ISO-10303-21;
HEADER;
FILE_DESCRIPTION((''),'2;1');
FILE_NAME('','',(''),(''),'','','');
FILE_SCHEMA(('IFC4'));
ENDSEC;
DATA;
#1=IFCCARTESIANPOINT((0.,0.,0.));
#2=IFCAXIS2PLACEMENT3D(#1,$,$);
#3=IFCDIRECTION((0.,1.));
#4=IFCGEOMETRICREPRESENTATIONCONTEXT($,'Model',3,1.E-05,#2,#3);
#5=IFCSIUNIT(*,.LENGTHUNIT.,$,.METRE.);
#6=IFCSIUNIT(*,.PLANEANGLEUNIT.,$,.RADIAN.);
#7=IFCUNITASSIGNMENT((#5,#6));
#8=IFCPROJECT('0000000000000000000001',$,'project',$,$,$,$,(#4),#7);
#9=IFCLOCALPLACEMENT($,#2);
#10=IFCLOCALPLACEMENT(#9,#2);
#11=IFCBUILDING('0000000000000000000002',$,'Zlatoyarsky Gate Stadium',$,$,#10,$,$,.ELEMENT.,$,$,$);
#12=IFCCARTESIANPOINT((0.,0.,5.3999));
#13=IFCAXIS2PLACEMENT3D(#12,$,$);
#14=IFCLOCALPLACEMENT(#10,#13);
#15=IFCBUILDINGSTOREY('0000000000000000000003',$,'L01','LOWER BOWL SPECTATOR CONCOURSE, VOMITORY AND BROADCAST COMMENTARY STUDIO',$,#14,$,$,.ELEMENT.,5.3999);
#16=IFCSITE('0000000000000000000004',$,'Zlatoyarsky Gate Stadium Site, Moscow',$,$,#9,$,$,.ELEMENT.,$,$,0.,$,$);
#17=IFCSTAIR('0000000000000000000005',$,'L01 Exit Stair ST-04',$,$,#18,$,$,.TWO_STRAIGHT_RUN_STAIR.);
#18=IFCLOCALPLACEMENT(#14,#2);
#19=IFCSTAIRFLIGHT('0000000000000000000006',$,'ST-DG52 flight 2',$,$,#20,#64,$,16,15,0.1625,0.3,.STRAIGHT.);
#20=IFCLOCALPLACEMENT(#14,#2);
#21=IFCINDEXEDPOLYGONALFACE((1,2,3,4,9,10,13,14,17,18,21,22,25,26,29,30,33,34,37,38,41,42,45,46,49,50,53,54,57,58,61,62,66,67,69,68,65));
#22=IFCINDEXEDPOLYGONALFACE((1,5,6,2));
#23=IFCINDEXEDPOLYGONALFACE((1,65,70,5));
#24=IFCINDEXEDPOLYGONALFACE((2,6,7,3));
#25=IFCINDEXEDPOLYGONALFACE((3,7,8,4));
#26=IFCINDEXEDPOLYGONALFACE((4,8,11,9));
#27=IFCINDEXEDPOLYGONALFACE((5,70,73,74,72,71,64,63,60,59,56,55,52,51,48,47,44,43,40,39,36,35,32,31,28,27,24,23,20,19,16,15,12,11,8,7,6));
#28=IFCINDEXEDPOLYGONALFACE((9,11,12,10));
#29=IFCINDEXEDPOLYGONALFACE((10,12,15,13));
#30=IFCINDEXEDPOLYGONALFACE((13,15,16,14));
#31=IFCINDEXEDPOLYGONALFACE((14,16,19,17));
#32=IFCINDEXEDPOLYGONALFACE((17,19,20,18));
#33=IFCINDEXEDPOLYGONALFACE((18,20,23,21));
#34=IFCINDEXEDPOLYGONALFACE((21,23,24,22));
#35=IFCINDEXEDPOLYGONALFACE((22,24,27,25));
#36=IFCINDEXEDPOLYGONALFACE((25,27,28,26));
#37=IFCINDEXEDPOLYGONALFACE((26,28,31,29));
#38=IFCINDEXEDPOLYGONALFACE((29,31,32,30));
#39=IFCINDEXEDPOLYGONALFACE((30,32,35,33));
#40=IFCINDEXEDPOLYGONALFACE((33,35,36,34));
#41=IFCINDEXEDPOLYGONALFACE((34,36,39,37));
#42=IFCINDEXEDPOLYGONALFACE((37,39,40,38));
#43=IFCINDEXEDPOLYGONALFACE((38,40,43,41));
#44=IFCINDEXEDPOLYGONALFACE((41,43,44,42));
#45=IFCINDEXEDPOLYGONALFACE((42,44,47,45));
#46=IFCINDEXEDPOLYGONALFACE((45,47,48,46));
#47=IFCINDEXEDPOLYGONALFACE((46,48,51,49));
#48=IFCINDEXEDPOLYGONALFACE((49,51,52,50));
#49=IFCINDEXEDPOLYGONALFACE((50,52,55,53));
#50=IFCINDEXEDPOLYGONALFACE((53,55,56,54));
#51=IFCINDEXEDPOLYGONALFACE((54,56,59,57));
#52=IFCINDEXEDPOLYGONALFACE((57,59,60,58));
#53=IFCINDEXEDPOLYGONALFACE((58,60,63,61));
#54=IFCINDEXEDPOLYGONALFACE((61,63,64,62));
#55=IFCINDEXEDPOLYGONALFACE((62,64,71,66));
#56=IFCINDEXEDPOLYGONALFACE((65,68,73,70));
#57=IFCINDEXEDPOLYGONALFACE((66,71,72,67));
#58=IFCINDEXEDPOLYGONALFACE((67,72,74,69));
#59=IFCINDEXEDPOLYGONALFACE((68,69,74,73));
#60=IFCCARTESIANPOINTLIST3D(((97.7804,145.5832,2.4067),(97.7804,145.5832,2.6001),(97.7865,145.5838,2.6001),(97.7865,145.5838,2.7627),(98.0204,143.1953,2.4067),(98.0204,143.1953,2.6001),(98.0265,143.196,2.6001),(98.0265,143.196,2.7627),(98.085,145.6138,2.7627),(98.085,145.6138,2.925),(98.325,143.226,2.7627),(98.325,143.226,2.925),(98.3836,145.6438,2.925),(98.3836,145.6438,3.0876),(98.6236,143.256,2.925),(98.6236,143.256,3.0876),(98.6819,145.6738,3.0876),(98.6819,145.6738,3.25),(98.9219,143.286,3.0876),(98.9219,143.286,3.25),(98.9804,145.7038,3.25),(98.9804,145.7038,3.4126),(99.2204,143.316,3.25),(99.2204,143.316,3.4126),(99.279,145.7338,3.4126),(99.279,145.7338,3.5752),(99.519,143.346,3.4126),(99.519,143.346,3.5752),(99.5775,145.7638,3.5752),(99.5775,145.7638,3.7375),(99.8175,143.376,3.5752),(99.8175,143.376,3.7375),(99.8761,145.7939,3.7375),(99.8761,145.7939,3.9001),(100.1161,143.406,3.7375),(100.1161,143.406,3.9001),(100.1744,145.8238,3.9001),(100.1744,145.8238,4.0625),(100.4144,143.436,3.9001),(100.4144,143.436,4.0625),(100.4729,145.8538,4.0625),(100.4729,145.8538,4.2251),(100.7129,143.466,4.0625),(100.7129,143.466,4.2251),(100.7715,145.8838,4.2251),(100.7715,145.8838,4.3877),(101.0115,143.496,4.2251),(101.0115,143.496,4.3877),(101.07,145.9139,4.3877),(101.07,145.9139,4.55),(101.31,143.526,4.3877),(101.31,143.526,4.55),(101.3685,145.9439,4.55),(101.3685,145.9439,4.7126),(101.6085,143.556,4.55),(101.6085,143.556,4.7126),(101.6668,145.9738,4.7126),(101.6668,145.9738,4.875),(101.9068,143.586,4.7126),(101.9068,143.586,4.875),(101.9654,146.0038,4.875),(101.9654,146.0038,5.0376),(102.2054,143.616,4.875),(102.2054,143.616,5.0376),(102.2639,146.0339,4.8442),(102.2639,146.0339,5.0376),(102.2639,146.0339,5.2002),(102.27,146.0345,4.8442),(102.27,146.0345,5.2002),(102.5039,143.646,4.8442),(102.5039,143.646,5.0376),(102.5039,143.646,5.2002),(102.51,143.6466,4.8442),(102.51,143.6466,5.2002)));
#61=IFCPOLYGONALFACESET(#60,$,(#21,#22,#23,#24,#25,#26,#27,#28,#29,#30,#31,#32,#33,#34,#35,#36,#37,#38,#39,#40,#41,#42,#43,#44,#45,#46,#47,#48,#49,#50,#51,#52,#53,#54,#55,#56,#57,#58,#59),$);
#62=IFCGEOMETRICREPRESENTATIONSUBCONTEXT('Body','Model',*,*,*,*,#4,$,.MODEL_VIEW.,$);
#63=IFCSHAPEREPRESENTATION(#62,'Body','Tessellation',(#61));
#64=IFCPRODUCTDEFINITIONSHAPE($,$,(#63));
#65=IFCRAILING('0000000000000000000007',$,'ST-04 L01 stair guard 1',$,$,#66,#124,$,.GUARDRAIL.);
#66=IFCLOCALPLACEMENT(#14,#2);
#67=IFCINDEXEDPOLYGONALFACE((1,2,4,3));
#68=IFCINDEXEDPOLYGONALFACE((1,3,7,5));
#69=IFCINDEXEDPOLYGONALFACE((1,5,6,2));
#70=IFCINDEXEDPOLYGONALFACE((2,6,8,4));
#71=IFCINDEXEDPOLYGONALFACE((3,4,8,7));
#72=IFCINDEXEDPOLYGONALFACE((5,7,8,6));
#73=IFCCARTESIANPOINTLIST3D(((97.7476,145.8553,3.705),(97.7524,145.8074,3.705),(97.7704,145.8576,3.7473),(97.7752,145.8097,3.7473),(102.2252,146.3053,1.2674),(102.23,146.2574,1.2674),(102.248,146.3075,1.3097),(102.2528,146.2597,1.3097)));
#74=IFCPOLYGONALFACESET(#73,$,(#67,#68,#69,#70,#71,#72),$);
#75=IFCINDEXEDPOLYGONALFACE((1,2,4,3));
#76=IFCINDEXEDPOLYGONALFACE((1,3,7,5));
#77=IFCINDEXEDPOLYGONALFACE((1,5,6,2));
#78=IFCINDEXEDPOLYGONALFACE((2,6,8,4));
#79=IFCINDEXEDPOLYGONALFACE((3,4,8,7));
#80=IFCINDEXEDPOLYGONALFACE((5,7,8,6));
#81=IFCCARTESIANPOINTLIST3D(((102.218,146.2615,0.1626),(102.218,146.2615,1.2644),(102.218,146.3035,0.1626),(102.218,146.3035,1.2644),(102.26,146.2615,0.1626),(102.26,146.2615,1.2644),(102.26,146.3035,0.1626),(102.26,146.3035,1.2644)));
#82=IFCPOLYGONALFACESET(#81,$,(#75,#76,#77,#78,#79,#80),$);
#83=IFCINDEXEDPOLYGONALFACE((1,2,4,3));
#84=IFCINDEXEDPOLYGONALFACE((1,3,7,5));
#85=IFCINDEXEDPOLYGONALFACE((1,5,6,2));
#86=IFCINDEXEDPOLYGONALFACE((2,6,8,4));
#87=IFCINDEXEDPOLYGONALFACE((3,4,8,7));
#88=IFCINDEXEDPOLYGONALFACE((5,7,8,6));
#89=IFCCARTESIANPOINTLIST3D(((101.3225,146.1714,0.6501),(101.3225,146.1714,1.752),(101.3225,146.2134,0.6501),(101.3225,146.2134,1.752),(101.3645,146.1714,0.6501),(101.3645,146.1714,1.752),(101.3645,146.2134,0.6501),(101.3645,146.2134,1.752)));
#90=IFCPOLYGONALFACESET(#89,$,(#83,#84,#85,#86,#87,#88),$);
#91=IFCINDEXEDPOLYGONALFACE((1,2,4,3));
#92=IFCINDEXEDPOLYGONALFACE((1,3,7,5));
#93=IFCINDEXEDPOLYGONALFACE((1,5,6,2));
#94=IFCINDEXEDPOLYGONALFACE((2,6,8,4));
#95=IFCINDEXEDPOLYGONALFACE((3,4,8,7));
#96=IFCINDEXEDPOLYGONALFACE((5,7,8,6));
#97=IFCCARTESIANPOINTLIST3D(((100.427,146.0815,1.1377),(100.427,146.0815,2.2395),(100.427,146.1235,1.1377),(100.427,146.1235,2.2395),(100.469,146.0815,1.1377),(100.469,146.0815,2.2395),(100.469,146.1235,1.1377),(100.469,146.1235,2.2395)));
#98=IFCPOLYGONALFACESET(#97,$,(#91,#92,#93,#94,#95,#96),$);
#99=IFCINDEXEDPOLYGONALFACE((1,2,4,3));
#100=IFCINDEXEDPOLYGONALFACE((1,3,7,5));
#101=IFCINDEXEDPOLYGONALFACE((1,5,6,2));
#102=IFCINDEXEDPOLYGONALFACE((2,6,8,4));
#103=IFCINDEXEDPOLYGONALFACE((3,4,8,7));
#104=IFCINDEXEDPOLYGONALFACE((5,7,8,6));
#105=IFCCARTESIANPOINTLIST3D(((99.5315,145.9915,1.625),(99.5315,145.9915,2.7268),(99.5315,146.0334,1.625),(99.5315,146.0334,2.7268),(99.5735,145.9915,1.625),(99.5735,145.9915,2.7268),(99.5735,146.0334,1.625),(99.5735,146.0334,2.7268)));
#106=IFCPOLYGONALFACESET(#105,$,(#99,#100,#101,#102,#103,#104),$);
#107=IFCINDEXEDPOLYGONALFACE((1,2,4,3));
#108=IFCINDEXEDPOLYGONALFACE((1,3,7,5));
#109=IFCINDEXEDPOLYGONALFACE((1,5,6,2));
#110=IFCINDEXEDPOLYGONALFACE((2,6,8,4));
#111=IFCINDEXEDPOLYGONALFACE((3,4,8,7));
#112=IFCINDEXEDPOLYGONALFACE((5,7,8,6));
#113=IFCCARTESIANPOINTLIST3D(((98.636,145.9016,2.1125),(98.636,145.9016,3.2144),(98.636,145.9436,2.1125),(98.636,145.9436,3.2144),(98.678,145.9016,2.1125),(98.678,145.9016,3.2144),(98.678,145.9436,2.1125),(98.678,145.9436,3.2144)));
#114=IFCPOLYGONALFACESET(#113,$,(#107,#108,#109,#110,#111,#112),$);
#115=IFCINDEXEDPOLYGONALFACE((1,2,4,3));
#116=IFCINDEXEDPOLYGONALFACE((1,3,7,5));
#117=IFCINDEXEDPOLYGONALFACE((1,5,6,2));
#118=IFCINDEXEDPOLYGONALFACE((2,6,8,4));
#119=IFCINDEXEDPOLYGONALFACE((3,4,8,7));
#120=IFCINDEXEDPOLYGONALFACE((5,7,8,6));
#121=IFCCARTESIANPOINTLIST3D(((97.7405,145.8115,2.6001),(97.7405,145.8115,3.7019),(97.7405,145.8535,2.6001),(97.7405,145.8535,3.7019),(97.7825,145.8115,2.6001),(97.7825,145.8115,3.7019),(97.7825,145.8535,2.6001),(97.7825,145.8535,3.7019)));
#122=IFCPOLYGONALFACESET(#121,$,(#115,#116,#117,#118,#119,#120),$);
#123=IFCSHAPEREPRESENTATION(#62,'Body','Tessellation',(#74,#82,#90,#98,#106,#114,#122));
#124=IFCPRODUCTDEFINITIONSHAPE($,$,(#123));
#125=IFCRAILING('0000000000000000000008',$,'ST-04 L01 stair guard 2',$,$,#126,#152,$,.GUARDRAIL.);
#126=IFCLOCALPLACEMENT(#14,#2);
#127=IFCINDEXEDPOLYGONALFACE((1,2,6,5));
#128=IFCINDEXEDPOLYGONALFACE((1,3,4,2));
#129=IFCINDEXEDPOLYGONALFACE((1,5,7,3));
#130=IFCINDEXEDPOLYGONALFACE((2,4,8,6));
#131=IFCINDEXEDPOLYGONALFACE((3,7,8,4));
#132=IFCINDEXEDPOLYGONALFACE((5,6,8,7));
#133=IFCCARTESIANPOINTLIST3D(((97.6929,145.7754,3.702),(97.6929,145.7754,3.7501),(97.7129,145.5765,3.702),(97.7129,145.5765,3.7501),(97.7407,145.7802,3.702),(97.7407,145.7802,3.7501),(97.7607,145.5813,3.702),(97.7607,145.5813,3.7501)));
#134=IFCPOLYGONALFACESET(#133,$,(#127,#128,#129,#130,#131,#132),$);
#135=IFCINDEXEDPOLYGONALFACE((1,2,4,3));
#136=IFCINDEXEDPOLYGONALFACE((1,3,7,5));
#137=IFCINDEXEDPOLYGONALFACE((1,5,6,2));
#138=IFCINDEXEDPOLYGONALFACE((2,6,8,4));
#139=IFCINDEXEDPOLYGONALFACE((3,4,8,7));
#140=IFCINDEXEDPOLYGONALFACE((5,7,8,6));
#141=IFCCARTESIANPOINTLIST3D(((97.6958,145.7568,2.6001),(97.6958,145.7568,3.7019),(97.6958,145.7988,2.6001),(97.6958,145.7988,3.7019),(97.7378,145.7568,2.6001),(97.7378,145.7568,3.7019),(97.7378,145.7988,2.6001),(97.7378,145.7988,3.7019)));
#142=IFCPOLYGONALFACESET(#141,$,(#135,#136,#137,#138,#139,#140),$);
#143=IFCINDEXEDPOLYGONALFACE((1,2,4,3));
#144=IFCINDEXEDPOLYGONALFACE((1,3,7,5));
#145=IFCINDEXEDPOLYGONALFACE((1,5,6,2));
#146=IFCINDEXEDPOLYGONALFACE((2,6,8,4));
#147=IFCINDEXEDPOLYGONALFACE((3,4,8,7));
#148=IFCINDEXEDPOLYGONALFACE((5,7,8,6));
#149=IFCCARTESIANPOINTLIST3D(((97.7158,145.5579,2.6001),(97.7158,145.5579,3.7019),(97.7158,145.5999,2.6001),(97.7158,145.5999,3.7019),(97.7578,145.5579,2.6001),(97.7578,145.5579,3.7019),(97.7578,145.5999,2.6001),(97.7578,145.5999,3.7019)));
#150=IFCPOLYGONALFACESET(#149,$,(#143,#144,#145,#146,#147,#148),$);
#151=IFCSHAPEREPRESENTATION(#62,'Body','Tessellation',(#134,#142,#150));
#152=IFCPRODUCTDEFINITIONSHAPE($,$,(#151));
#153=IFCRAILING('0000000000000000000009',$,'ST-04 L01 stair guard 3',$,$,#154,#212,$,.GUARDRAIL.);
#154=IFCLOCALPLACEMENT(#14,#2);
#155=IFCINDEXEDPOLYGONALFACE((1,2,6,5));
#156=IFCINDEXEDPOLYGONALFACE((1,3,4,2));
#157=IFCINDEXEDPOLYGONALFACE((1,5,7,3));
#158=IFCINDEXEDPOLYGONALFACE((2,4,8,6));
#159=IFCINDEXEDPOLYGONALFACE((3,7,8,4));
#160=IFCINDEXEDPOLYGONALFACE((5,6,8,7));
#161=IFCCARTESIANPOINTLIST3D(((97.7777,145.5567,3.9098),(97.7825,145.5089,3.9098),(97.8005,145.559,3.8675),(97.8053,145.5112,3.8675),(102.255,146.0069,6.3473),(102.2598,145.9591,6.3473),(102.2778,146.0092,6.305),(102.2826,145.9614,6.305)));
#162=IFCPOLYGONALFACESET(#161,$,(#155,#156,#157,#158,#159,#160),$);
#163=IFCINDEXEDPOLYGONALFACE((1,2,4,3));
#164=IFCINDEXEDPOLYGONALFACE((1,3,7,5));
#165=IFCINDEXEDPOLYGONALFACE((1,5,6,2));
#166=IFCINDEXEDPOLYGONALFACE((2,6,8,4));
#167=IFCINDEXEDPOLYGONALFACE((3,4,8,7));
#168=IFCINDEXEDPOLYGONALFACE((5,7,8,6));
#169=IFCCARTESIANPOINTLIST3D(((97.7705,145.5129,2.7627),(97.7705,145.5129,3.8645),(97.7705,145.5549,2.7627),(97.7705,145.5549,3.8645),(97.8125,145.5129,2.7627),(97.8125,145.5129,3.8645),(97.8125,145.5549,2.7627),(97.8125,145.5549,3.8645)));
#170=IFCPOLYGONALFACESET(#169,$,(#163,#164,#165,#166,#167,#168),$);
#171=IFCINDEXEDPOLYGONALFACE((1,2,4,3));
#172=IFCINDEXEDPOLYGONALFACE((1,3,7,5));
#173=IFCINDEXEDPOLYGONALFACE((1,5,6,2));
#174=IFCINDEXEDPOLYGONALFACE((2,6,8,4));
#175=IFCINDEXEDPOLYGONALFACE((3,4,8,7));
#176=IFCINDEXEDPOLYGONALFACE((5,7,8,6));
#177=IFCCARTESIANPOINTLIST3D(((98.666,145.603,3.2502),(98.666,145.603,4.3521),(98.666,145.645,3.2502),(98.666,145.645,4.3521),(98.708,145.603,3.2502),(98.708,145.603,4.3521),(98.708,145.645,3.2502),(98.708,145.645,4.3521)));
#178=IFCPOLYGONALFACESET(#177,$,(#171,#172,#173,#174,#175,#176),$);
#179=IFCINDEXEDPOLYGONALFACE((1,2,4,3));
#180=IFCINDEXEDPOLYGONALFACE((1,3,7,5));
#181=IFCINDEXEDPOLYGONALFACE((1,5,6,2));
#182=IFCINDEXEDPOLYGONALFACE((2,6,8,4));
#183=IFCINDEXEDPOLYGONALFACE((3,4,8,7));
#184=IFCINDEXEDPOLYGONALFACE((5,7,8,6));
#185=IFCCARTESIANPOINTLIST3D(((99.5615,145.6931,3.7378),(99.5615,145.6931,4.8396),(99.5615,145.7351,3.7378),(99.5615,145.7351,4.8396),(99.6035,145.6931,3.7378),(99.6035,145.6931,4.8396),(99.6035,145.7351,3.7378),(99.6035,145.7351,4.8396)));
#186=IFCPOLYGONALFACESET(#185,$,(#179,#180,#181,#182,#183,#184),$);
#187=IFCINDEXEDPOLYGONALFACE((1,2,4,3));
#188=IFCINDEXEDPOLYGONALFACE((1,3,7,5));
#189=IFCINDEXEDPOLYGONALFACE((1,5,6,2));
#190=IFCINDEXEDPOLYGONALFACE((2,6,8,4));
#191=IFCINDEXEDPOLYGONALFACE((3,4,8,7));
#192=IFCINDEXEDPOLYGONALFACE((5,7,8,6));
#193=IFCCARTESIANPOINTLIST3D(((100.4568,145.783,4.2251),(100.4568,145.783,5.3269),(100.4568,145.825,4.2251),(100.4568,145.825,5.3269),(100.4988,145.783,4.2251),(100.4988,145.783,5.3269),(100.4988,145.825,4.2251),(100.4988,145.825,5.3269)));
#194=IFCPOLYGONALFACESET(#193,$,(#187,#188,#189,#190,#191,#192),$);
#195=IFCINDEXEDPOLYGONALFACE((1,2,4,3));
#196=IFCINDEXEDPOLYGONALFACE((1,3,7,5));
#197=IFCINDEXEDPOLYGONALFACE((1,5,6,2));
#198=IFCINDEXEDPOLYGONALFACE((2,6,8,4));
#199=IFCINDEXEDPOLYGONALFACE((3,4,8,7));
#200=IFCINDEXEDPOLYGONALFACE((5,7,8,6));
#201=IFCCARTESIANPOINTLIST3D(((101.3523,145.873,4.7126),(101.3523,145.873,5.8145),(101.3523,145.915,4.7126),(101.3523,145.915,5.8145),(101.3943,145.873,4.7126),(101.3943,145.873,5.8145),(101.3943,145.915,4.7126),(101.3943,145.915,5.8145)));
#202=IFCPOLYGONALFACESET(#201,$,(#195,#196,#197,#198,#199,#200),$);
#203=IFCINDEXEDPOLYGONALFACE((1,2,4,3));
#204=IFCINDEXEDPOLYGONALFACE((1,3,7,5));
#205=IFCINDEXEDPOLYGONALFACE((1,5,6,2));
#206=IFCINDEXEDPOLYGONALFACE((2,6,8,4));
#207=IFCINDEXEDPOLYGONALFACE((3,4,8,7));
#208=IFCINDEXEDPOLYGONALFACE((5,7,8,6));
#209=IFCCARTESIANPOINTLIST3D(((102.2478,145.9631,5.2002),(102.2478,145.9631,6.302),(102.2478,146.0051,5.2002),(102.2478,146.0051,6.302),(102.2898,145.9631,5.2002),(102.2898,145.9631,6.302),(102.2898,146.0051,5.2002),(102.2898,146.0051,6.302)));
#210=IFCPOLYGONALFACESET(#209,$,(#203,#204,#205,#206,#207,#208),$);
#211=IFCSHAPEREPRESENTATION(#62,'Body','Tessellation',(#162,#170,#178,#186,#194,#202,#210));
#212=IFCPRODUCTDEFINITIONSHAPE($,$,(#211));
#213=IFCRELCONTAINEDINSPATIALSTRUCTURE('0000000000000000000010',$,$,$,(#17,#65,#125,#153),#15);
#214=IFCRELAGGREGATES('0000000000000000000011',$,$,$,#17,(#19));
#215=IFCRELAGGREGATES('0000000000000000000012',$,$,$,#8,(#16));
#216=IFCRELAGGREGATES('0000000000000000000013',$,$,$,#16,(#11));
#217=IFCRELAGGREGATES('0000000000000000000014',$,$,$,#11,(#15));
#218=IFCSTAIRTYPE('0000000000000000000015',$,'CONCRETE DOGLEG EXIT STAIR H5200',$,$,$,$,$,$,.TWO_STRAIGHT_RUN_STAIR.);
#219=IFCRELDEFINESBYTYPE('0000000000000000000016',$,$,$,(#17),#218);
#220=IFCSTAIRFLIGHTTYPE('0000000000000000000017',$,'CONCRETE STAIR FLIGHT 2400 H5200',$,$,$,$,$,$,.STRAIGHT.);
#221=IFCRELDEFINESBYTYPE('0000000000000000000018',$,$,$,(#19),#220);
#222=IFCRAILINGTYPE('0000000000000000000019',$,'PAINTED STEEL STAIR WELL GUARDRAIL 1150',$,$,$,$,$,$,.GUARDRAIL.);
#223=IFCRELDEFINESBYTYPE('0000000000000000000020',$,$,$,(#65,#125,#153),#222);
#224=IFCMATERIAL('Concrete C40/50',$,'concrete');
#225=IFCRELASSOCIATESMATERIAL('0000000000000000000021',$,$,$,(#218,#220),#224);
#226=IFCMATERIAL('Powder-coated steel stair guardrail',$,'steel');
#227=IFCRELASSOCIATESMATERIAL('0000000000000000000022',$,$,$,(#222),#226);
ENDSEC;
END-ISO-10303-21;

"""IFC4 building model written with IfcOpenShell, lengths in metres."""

from ifc_helpers import new_model, si_unit, direction, frame, origin, origin_2d, place, context, subcontext, project, spatial, polyline, rectangle, outline, extrude, material, type_object, element, aggregate, save


model = new_model("IFC4")

# Units and contexts
model_context = context("Model", 3, precision=1e-05, world=origin(), true_north=direction((0.0, 1.0)))
body_context = subcontext(model_context, "Body", "Model", "MODEL_VIEW")
ifc_project = project(units=[si_unit("LENGTHUNIT", "METRE"), si_unit("PLANEANGLEUNIT", "RADIAN")], contexts=[model_context])

# Site, building, storey
site_placement = place(None, origin())
site = spatial("IfcSite", under=ifc_project, at=site_placement, Name="Zlatoyarsky Gate Stadium Site, Moscow", CompositionType="ELEMENT", RefElevation=0.0)
building_placement = place(site_placement, origin())
building = spatial("IfcBuilding", under=site, at=building_placement, Name="Zlatoyarsky Gate Stadium", CompositionType="ELEMENT")
storey_placement = place(building_placement, frame((0.0, 0.0, 5.3999)))
storey = spatial("IfcBuildingStorey", under=building, at=storey_placement, Name="L01", Description="LOWER BOWL SPECTATOR CONCOURSE, VOMITORY AND BROADCAST COMMENTARY STUDIO", CompositionType="ELEMENT", Elevation=5.3999)

# Shared definitions
ifc_material_1 = material(Name="Concrete C40/50", Category="concrete")

# Stair, stair flight
stair_type = type_object("IfcStairType", Name="CONCRETE DOGLEG EXIT STAIR H5200", PredefinedType="TWO_STRAIGHT_RUN_STAIR", material=ifc_material_1)
stair_placement = place(storey_placement, origin())
stair = element("IfcStair", 1, at=stair_placement, inside=storey, type_object=stair_type, Name="L01 Exit Stair ST-04", PredefinedType="TWO_STRAIGHT_RUN_STAIR")
stair_flight_type = type_object("IfcStairFlightType", Name="CONCRETE STAIR FLIGHT 2400 H5200", PredefinedType="STRAIGHT", material=ifc_material_1)
stair_flight_1_placement = place(storey_placement, frame((97.9065, 144.3899, 2.6001), z_axis=(0.0, 0.0, 1.0), x_axis=(0.994987, 0.100006, 0.0)))
stair_flight_1 = element("IfcStairFlight", 2, at=stair_flight_1_placement, type_object=stair_flight_type, Name="ST-DG52 flight 2", NumberOfRisers=16, NumberOfTreads=15, PredefinedType="STRAIGHT", RiserHeight=0.1625, TreadLength=0.3, context=body_context, shape_type="SweptSolid", body=[
    extrude(outline(polyline([(-0.0061, -0.1934), (-0.0061, 0.0), (0.0, 0.0), (0.0, 0.1626), (0.3, 0.1626), (0.3, 0.325), (0.6001, 0.325), (0.6001, 0.4875), (0.8999, 0.4875), (0.8999, 0.6499), (1.2, 0.6499), (1.2, 0.8125), (1.5, 0.8125), (1.5, 0.9751), (1.8, 0.9751), (1.8, 1.1375), (2.1001, 1.1375), (2.1001, 1.3), (2.3999, 1.3), (2.3999, 1.4624), (2.7, 1.4624), (2.7, 1.625), (3.0, 1.625), (3.0, 1.7876), (3.3, 1.7876), (3.3, 1.95), (3.6001, 1.95), (3.6001, 2.1125), (3.8999, 2.1125), (3.8999, 2.2749), (4.2, 2.2749), (4.2, 2.4375), (4.5, 2.4375), (4.5, 2.6001), (4.5061, 2.6001), (4.5061, 2.2441), (4.5, 2.2441), (-0.0061, -0.1934)])), frame((0.0, 1.2, 0.0), z_axis=(0.0, -1.0, 0.0), x_axis=(1.0, 0.0, 0.0)), (0.0, 0.0, 1.0), 2.3999),
])
aggregate(stair, [stair_flight_1])

# Railings
ifc_material_2 = material(Name="Powder-coated steel stair guardrail", Category="steel")
railing_type_1 = type_object("IfcRailingType", Name="PAINTED STEEL STAIR WELL GUARDRAIL 1150", PredefinedType="GUARDRAIL", material=ifc_material_2)
railing_1_placement = place(storey_placement, frame((102.239, 146.2825, 0.1626)))
element("IfcRailing", 3, at=railing_1_placement, inside=storey, type_object=railing_type_1, Name="ST-04 L01 stair guard 1", PredefinedType="GUARDRAIL", context=body_context, shape_type="SweptSolid", body=[
    extrude(rectangle(XDim=0.0481, YDim=0.0481, at=origin_2d()), frame((0.0, 0.0, 1.126), z_axis=(-0.87489, -0.087918, 0.476276), x_axis=(0.099987, -0.994989, 0.0)), (0.0, 0.0, 1.0), 5.1179),
    extrude(rectangle(XDim=0.042, YDim=0.042, at=origin_2d()), origin(), (0.0, 0.0, 1.0), 1.1018),
    extrude(rectangle(XDim=0.042, YDim=0.042, at=origin_2d()), frame((-0.8955, -0.0901, 0.4875)), (0.0, 0.0, 1.0), 1.1018),
    extrude(rectangle(XDim=0.042, YDim=0.042, at=origin_2d()), frame((-1.791, -0.1799, 0.9751)), (0.0, 0.0, 1.0), 1.1018),
    extrude(rectangle(XDim=0.042, YDim=0.042, at=origin_2d()), frame((-2.6865, -0.27, 1.4624)), (0.0, 0.0, 1.0), 1.1018),
    extrude(rectangle(XDim=0.042, YDim=0.042, at=origin_2d()), frame((-3.582, -0.3599, 1.95)), (0.0, 0.0, 1.0), 1.1018),
    extrude(rectangle(XDim=0.042, YDim=0.042, at=origin_2d()), frame((-4.4775, -0.45, 2.4375)), (0.0, 0.0, 1.0), 1.1018),
])
railing_2_placement = place(storey_placement, frame((97.7168, 145.7778, 2.6001)))
element("IfcRailing", 4, at=railing_2_placement, inside=storey, type_object=railing_type_1, Name="ST-04 L01 stair guard 2", PredefinedType="GUARDRAIL", context=body_context, shape_type="SweptSolid", body=[
    extrude(rectangle(XDim=0.0481, YDim=0.0481, at=origin_2d()), frame((0.0, 0.0, 1.126), z_axis=(0.100108, -0.994977, 0.0), x_axis=(0.994977, 0.100108, 0.0)), (0.0, 0.0, 1.0), 0.2),
    extrude(rectangle(XDim=0.042, YDim=0.042, at=origin_2d()), origin(), (0.0, 0.0, 1.0), 1.1018),
    extrude(rectangle(XDim=0.042, YDim=0.042, at=origin_2d()), frame((0.02, -0.199, 0.0)), (0.0, 0.0, 1.0), 1.1018),
])
railing_3_placement = place(storey_placement, frame((97.7915, 145.5339, 2.7627)))
element("IfcRailing", 5, at=railing_3_placement, inside=storey, type_object=railing_type_1, Name="ST-04 L01 stair guard 3", PredefinedType="GUARDRAIL", context=body_context, shape_type="SweptSolid", body=[
    extrude(rectangle(XDim=0.0481, YDim=0.0481, at=origin_2d()), frame((0.0, 0.0, 1.126), z_axis=(0.874875, 0.087969, 0.476294), x_axis=(-0.100046, 0.994983, 0.0)), (0.0, 0.0, 1.0), 5.1177),
    extrude(rectangle(XDim=0.042, YDim=0.042, at=origin_2d()), origin(), (0.0, 0.0, 1.0), 1.1018),
    extrude(rectangle(XDim=0.042, YDim=0.042, at=origin_2d()), frame((0.8955, 0.0901, 0.4875)), (0.0, 0.0, 1.0), 1.1018),
    extrude(rectangle(XDim=0.042, YDim=0.042, at=origin_2d()), frame((1.791, 0.1802, 0.9751)), (0.0, 0.0, 1.0), 1.1018),
    extrude(rectangle(XDim=0.042, YDim=0.042, at=origin_2d()), frame((2.6863, 0.27, 1.4624)), (0.0, 0.0, 1.0), 1.1018),
    extrude(rectangle(XDim=0.042, YDim=0.042, at=origin_2d()), frame((3.5818, 0.3601, 1.95)), (0.0, 0.0, 1.0), 1.1018),
    extrude(rectangle(XDim=0.042, YDim=0.042, at=origin_2d()), frame((4.4773, 0.4502, 2.4375)), (0.0, 0.0, 1.0), 1.1018),
])

save(model, "model.ifc")
